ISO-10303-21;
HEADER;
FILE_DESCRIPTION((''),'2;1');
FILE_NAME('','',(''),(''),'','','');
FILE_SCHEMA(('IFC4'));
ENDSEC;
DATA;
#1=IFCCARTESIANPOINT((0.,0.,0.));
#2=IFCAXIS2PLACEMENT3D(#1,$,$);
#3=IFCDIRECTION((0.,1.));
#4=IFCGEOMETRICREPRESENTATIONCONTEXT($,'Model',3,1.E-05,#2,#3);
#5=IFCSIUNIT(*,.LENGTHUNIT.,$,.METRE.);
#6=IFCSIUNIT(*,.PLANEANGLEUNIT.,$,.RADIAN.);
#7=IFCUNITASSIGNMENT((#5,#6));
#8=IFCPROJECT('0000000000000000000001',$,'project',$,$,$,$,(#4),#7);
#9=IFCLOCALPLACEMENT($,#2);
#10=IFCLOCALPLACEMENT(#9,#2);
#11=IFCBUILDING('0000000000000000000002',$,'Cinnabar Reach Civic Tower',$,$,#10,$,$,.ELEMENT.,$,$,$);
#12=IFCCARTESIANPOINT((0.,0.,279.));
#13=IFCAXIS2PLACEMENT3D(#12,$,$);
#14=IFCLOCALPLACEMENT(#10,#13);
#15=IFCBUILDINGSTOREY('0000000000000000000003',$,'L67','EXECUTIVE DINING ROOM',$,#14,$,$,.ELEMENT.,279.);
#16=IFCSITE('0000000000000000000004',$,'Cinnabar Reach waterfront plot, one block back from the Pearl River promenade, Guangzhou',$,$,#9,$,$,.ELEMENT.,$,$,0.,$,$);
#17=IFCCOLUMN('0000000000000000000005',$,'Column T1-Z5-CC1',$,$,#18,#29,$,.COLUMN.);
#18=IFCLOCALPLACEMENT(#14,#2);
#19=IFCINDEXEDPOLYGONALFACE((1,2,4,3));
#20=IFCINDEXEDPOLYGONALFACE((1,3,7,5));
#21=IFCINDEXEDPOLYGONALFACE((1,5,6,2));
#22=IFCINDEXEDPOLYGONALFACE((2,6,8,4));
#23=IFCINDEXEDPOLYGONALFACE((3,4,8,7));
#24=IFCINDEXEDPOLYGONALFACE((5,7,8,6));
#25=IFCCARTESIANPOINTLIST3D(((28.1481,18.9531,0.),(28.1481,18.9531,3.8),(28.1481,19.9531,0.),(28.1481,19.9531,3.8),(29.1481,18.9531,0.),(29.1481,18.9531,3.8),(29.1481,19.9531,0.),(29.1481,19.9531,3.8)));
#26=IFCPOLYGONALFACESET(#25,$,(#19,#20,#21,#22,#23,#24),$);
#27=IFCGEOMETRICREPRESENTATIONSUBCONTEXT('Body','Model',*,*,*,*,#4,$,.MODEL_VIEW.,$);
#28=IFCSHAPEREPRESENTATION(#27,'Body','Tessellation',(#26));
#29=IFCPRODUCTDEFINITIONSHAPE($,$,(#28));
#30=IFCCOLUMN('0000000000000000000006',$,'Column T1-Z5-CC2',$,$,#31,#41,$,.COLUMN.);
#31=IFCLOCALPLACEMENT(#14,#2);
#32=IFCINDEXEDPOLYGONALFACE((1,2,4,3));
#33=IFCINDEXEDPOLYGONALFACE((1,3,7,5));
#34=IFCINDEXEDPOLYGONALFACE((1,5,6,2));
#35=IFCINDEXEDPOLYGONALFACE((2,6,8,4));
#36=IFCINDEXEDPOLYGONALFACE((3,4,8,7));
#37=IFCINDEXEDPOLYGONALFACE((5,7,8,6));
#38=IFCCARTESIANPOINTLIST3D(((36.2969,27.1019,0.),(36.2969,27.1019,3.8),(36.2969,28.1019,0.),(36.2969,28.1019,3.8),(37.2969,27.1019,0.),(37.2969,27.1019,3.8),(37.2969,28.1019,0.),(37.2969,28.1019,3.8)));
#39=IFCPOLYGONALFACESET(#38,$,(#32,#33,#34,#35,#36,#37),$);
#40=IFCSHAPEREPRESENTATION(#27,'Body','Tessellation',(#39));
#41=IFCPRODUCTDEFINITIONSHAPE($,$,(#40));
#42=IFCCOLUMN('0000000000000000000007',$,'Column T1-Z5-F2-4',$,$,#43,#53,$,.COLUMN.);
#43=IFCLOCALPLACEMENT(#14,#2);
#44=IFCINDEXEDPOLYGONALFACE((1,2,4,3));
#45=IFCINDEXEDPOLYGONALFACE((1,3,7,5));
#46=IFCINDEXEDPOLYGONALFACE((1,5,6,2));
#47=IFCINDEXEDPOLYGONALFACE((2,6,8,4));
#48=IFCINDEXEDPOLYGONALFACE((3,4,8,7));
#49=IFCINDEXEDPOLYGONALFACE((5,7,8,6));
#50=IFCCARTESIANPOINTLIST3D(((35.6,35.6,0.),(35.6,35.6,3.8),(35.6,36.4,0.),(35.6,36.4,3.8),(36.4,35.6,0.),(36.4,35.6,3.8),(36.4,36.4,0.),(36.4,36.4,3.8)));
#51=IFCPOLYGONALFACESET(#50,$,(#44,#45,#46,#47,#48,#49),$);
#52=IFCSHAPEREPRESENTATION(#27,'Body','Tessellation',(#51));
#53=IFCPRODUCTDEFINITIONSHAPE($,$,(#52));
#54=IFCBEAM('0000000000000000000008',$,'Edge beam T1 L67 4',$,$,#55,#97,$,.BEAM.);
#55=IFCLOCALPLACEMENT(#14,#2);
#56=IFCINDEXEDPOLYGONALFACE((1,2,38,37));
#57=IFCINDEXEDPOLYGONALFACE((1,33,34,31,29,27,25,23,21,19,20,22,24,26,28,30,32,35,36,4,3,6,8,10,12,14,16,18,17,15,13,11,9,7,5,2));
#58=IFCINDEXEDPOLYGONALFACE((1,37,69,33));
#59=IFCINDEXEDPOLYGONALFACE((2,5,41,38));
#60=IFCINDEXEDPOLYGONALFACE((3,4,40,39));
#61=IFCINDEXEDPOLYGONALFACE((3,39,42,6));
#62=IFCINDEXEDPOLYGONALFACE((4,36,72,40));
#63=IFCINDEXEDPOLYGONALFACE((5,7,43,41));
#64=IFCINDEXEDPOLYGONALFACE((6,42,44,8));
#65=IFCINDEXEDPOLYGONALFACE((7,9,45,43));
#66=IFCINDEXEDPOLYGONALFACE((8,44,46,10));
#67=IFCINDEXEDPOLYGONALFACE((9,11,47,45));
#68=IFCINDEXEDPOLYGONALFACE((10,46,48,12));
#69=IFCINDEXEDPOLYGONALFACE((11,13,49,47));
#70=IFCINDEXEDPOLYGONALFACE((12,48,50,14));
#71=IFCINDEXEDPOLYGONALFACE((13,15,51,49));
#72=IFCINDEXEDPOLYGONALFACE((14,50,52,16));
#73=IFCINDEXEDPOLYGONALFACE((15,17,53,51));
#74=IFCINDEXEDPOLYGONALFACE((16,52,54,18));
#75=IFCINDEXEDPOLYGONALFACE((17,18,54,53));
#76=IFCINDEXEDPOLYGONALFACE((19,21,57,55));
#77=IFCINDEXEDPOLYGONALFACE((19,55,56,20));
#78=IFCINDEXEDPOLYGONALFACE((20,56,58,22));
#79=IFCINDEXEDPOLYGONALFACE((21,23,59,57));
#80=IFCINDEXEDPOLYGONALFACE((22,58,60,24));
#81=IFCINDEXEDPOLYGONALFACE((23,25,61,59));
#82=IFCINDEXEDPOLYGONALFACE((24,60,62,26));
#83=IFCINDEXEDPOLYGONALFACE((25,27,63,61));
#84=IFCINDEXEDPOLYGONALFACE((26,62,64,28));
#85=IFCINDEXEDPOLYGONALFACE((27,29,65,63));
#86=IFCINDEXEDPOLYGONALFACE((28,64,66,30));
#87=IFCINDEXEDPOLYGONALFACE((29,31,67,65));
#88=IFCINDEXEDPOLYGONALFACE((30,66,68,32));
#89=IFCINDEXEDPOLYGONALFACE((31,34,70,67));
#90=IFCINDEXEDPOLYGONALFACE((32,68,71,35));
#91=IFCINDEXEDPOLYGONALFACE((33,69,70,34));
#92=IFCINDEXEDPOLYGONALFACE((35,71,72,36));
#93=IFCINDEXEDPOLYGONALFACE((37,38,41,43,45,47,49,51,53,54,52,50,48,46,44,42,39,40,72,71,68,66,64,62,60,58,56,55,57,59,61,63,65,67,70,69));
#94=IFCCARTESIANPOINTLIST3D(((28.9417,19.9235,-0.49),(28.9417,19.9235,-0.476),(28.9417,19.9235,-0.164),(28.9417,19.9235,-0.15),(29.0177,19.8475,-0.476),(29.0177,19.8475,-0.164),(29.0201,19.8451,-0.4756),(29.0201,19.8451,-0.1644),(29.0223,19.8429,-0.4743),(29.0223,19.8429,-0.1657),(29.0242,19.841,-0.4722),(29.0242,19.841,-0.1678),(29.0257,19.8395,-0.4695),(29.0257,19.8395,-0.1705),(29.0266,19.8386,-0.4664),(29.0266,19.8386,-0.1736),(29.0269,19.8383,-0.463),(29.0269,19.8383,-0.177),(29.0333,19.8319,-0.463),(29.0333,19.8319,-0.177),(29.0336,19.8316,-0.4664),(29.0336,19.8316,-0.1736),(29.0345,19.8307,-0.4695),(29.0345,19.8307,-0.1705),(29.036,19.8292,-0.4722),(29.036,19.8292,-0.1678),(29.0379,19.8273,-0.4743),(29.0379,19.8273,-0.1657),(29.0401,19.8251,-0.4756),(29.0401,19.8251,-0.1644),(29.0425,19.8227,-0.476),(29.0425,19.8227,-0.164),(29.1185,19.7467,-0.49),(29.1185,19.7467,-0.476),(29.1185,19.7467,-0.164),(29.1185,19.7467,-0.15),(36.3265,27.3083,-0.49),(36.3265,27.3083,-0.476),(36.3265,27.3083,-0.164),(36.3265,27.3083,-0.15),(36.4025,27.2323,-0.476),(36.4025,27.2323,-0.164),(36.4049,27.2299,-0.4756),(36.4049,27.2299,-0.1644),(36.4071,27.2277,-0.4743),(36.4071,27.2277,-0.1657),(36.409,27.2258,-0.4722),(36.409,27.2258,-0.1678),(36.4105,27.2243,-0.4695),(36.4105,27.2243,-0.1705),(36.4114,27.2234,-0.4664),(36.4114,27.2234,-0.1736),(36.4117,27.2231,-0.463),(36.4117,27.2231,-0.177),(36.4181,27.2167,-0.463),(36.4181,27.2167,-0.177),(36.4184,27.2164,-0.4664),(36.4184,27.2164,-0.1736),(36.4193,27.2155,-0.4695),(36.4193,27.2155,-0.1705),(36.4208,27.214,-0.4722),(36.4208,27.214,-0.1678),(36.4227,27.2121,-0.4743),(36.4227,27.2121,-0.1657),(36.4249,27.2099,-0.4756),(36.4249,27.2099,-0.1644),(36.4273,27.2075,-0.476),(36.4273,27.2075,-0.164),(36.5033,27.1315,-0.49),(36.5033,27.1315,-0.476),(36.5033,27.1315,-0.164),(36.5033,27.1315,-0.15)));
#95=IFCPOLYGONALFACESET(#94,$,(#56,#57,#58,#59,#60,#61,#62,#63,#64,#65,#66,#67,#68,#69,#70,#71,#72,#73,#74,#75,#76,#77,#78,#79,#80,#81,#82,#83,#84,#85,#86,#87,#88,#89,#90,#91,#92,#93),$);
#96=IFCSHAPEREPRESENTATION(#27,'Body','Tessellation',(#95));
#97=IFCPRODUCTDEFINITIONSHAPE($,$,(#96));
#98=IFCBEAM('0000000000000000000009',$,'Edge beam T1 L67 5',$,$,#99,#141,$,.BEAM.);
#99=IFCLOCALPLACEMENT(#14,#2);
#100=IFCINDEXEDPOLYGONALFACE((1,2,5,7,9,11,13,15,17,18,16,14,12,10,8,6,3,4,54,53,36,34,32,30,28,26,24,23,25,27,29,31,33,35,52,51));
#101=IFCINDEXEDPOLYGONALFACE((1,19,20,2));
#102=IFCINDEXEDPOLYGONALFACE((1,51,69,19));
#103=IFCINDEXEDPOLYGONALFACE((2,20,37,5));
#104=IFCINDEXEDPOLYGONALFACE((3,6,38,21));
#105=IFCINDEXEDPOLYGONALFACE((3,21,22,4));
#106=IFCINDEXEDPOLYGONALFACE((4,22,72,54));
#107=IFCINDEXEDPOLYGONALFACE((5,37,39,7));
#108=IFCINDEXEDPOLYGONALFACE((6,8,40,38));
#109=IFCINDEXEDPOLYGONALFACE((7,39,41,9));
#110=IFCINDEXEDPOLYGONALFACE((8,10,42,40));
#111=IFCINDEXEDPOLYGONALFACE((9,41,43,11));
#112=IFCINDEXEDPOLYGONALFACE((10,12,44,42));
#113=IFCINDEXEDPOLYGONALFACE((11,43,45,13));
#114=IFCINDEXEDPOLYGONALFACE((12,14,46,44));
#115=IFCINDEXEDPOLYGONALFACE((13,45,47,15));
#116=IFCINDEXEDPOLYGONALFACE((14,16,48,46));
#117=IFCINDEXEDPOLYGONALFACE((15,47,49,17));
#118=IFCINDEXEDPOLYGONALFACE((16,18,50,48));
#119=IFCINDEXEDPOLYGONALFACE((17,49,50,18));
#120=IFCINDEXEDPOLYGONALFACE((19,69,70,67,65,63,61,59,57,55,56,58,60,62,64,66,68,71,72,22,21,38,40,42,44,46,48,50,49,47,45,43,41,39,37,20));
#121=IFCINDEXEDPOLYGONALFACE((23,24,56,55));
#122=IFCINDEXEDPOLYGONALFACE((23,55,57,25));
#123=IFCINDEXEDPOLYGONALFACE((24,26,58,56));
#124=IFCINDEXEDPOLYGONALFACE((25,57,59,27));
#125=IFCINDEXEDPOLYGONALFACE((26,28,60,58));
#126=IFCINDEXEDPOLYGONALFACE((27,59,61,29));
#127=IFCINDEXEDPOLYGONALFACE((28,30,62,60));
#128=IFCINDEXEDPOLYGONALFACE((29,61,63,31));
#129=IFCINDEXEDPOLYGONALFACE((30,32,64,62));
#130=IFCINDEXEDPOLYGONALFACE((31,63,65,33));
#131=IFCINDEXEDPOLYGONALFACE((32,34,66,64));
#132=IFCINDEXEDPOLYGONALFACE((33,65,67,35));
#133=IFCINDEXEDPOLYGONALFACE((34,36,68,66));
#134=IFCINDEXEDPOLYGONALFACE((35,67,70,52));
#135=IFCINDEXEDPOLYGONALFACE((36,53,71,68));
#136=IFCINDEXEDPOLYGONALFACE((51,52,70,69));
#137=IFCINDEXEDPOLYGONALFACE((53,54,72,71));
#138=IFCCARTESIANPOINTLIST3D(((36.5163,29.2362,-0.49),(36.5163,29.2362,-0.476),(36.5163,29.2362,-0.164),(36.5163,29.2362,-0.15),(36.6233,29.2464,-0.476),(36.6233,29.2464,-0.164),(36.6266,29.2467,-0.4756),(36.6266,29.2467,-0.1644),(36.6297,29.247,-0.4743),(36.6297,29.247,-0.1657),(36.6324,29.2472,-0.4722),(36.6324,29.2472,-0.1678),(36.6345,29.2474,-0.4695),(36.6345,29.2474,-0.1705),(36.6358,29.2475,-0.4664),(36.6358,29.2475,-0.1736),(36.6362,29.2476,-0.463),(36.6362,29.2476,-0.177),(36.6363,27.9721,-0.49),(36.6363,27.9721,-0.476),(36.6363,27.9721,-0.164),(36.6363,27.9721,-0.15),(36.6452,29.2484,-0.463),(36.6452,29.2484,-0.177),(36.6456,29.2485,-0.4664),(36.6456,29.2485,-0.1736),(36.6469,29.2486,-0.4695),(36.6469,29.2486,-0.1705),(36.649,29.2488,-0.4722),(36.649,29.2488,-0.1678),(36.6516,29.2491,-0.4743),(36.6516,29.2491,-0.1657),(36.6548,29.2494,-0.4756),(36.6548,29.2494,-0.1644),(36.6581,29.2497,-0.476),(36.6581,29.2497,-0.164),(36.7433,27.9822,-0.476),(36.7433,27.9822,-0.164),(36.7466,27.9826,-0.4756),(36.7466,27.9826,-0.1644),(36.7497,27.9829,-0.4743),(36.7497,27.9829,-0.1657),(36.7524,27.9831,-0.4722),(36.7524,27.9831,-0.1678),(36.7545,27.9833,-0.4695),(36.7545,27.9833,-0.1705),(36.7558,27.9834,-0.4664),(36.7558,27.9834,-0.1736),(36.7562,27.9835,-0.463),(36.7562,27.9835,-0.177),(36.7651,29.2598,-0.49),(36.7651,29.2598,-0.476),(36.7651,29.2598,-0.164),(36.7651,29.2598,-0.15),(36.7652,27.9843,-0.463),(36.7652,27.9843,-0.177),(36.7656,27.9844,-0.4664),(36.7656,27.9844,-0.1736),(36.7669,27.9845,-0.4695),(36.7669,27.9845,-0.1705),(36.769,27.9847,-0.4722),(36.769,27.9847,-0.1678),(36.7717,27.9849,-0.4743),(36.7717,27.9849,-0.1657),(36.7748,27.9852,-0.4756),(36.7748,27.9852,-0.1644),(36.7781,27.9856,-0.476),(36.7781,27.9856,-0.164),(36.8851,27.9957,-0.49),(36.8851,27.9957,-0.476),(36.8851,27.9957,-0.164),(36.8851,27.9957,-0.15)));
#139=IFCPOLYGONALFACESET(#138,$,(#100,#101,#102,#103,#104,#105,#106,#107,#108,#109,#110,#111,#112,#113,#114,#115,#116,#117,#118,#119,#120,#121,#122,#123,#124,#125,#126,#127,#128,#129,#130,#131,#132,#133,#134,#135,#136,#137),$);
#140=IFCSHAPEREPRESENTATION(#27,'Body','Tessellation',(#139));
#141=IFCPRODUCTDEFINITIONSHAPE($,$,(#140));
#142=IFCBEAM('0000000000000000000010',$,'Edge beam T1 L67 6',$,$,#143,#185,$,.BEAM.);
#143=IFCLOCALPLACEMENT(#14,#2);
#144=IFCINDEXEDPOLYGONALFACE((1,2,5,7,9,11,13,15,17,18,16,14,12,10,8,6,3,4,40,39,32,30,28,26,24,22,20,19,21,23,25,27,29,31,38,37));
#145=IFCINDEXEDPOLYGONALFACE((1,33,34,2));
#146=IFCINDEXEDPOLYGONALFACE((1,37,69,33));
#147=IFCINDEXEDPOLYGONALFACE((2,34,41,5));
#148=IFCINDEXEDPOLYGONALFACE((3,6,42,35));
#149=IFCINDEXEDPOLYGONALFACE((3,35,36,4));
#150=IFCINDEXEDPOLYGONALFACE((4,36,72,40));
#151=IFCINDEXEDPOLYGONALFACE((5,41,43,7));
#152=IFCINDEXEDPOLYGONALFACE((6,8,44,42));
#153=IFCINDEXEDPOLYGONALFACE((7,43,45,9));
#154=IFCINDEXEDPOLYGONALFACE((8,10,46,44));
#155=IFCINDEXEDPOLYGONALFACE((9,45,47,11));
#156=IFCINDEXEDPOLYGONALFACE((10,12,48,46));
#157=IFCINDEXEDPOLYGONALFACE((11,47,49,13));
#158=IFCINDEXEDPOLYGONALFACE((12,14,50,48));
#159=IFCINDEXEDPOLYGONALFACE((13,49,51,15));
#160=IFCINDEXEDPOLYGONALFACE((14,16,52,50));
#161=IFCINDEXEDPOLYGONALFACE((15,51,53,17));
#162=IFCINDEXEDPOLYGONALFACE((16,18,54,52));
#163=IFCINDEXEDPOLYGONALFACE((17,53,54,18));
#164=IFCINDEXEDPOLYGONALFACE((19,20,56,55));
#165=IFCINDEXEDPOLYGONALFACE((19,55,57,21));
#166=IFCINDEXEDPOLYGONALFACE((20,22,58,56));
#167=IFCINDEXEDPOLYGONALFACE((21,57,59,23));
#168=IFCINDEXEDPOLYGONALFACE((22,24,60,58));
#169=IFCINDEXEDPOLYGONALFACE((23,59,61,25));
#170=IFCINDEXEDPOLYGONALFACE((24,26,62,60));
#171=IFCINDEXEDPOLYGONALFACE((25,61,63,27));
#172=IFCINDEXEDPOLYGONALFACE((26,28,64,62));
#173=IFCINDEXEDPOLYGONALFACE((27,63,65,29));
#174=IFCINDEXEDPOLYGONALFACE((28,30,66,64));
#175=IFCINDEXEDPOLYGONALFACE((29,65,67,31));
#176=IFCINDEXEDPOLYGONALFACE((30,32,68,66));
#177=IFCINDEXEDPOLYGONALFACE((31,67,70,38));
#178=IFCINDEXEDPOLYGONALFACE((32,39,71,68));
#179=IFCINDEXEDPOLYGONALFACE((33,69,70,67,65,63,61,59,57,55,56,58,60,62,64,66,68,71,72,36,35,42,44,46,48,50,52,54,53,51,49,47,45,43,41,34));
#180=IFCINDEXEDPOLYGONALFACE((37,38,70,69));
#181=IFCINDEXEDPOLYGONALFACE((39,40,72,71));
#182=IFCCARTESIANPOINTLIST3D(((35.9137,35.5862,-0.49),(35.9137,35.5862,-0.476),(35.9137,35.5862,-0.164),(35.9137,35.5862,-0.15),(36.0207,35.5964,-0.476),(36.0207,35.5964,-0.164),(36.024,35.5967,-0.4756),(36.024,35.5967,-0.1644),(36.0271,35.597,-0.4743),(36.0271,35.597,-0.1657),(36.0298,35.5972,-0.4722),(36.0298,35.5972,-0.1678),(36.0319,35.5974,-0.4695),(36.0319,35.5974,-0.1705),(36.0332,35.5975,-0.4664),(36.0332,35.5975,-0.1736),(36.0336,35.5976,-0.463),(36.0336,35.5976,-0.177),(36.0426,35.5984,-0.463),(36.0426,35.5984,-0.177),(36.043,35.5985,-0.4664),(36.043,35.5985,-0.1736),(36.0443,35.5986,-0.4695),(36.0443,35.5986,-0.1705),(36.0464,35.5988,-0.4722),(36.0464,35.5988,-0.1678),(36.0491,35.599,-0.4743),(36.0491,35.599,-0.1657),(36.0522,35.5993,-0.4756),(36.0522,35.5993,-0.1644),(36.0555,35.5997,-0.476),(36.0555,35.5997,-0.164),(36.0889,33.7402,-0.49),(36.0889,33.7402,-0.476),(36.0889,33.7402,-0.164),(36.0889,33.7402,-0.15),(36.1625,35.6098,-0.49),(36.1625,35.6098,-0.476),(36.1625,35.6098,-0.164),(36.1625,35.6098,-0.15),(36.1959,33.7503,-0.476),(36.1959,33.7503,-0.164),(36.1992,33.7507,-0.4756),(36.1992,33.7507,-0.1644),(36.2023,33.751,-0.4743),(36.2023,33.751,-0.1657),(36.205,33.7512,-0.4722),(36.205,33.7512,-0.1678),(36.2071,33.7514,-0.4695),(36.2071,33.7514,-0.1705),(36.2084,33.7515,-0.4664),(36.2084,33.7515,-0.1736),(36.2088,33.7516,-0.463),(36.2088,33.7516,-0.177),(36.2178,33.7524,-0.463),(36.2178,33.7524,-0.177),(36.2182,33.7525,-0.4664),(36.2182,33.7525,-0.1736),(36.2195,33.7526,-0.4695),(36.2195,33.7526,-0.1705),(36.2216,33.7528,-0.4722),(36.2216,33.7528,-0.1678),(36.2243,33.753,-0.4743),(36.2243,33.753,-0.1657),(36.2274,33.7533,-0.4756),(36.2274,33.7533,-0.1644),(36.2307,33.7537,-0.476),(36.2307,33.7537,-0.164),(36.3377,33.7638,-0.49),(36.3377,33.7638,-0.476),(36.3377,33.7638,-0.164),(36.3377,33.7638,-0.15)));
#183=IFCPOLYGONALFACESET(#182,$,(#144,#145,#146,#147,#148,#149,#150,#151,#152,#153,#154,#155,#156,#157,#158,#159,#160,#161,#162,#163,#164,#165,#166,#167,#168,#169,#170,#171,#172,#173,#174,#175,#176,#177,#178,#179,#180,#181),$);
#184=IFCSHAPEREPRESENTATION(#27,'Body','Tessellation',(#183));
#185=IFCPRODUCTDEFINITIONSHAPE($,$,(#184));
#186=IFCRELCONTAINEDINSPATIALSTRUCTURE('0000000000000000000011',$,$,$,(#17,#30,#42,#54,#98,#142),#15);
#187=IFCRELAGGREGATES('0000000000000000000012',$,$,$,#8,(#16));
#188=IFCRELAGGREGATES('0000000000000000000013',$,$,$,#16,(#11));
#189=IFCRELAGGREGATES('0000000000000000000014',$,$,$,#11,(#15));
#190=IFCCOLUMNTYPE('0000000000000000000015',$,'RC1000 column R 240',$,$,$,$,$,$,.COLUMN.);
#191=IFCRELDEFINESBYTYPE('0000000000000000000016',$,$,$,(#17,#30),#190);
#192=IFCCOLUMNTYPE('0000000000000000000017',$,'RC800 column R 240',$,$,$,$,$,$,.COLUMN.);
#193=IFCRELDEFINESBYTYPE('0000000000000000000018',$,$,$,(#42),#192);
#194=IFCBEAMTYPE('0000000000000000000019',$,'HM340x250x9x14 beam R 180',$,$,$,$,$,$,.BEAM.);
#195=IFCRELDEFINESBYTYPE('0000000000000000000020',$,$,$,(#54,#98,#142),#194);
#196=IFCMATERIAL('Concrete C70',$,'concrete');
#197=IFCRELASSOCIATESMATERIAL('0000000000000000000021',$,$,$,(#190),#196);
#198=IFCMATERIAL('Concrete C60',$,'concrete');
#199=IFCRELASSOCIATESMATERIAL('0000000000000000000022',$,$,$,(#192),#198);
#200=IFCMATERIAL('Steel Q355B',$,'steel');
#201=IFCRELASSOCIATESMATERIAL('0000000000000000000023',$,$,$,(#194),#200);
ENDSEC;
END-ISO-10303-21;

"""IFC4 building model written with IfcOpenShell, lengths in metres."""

from ifc_helpers import new_model, si_unit, direction, frame, origin, origin_2d, place, context, subcontext, project, spatial, rectangle, i_section, extrude, material, material_profile, profile_set, type_object, element, save


model = new_model("IFC4")

# Units and contexts
model_context = context("Model", 3, precision=1e-05, world=origin(), true_north=direction((0.0, 1.0)))
body_context = subcontext(model_context, "Body", "Model", "MODEL_VIEW")
ifc_project = project(units=[si_unit("LENGTHUNIT", "METRE"), si_unit("PLANEANGLEUNIT", "RADIAN")], contexts=[model_context])

# Site, building, storey
site_placement = place(None, origin())
site = spatial("IfcSite", under=ifc_project, at=site_placement, Name="Cinnabar Reach waterfront plot, one block back from the Pearl River promenade, Guangzhou", CompositionType="ELEMENT", RefElevation=0.0)
building_placement = place(site_placement, origin())
building = spatial("IfcBuilding", under=site, at=building_placement, Name="Cinnabar Reach Civic Tower", CompositionType="ELEMENT")
storey_placement = place(building_placement, frame((0.0, 0.0, 279.0)))
storey = spatial("IfcBuildingStorey", under=building, at=storey_placement, Name="L67", Description="EXECUTIVE DINING ROOM", CompositionType="ELEMENT", Elevation=279.0)

# Columns
ifc_material_1 = material(Name="Concrete C70", Category="concrete")
ifc_material_profile_1 = material_profile(ifc_material_1, rectangle(XDim=1.0, YDim=1.0, at=origin_2d()), Name="RC1000")
ifc_profile_set_1 = profile_set([ifc_material_profile_1], Name="Concrete C70")
column_type_1 = type_object("IfcColumnType", Name="RC1000 column R 240", PredefinedType="COLUMN", material=ifc_profile_set_1)
for number, where, z_axis, x_axis, name in (
    (1, (28.6481, 19.4531, 0.0), (0.0, 0.0, 1.0), (1.0, 0.0, 0.0), "Column T1-Z5-CC1"),
    (2, (36.7969, 27.6019, 0.0), (0.0, 0.0, 1.0), (1.0, 0.0, 0.0), "Column T1-Z5-CC2"),
):
    element("IfcColumn", number, at=place(storey_placement, frame(where, z_axis=z_axis, x_axis=x_axis)), inside=storey, type_object=column_type_1, Name=name, PredefinedType="COLUMN", context=body_context, shape_type="SweptSolid", body=[
        extrude(rectangle(XDim=1.0, YDim=1.0, at=origin_2d()), origin(), (0.0, 0.0, 1.0), 3.8),
    ])
ifc_material_2 = material(Name="Concrete C60", Category="concrete")
ifc_material_profile_2 = material_profile(ifc_material_2, rectangle(XDim=0.8, YDim=0.8, at=origin_2d()), Name="RC800")
ifc_profile_set_2 = profile_set([ifc_material_profile_2], Name="Concrete C60")
column_type_2 = type_object("IfcColumnType", Name="RC800 column R 240", PredefinedType="COLUMN", material=ifc_profile_set_2)
column_placement = place(storey_placement, frame((36.0, 36.0, 0.0), z_axis=(0.0, 0.0, 1.0), x_axis=(1.0, 0.0, 0.0)))
element("IfcColumn", 3, at=column_placement, inside=storey, type_object=column_type_2, Name="Column T1-Z5-F2-4", PredefinedType="COLUMN", context=body_context, shape_type="SweptSolid", body=[
    extrude(rectangle(XDim=0.8, YDim=0.8, at=origin_2d()), origin(), (0.0, 0.0, 1.0), 3.8),
])

# Beams
ifc_material_3 = material(Name="Steel Q355B", Category="steel")
ifc_material_profile_3 = material_profile(ifc_material_3, i_section(OverallWidth=0.25, OverallDepth=0.34, WebThickness=0.009, FlangeThickness=0.014, FilletRadius=0.013, at=origin_2d()), Name="HM340x250x9x14")
ifc_profile_set_3 = profile_set([ifc_material_profile_3], Name="Steel Q355B")
beam_type_1 = type_object("IfcBeamType", Name="HM340x250x9x14 beam R 180", PredefinedType="BEAM", material=ifc_profile_set_3)
beam_1_placement = place(storey_placement, frame((29.0301, 19.8351, -0.32), z_axis=(0.707107, 0.707107, 0.0), x_axis=(-0.707107, 0.707107, 0.0)))
element("IfcBeam", 4, at=beam_1_placement, inside=storey, type_object=beam_type_1, Name="Edge beam T1 L67 4", PredefinedType="BEAM", context=body_context, shape_type="SweptSolid", body=[
    extrude(i_section(OverallWidth=0.25, OverallDepth=0.34, WebThickness=0.009, FlangeThickness=0.014, FilletRadius=0.013, at=origin_2d()), origin(), (0.0, 0.0, 1.0), 10.4437),
])
beam_2_placement = place(storey_placement, frame((36.7607, 27.9839, -0.32), z_axis=(-0.094504, 0.995524, 0.0), x_axis=(-0.995524, -0.094504, 0.0)))
element("IfcBeam", 5, at=beam_2_placement, inside=storey, type_object=beam_type_1, Name="Edge beam T1 L67 5", PredefinedType="BEAM", context=body_context, shape_type="SweptSolid", body=[
    extrude(i_section(OverallWidth=0.25, OverallDepth=0.34, WebThickness=0.009, FlangeThickness=0.014, FilletRadius=0.013, at=origin_2d()), origin(), (0.0, 0.0, 1.0), 1.2698),
])
beam_3_placement = place(storey_placement, frame((36.2133, 33.752, -0.32), z_axis=(-0.094483, 0.995526, 0.0), x_axis=(-0.995526, -0.094483, 0.0)))
element("IfcBeam", 6, at=beam_3_placement, inside=storey, type_object=beam_type_1, Name="Edge beam T1 L67 6", PredefinedType="BEAM", context=body_context, shape_type="SweptSolid", body=[
    extrude(i_section(OverallWidth=0.25, OverallDepth=0.34, WebThickness=0.009, FlangeThickness=0.014, FilletRadius=0.013, at=origin_2d()), origin(), (0.0, 0.0, 1.0), 1.8543),
])

save(model, "model.ifc")
